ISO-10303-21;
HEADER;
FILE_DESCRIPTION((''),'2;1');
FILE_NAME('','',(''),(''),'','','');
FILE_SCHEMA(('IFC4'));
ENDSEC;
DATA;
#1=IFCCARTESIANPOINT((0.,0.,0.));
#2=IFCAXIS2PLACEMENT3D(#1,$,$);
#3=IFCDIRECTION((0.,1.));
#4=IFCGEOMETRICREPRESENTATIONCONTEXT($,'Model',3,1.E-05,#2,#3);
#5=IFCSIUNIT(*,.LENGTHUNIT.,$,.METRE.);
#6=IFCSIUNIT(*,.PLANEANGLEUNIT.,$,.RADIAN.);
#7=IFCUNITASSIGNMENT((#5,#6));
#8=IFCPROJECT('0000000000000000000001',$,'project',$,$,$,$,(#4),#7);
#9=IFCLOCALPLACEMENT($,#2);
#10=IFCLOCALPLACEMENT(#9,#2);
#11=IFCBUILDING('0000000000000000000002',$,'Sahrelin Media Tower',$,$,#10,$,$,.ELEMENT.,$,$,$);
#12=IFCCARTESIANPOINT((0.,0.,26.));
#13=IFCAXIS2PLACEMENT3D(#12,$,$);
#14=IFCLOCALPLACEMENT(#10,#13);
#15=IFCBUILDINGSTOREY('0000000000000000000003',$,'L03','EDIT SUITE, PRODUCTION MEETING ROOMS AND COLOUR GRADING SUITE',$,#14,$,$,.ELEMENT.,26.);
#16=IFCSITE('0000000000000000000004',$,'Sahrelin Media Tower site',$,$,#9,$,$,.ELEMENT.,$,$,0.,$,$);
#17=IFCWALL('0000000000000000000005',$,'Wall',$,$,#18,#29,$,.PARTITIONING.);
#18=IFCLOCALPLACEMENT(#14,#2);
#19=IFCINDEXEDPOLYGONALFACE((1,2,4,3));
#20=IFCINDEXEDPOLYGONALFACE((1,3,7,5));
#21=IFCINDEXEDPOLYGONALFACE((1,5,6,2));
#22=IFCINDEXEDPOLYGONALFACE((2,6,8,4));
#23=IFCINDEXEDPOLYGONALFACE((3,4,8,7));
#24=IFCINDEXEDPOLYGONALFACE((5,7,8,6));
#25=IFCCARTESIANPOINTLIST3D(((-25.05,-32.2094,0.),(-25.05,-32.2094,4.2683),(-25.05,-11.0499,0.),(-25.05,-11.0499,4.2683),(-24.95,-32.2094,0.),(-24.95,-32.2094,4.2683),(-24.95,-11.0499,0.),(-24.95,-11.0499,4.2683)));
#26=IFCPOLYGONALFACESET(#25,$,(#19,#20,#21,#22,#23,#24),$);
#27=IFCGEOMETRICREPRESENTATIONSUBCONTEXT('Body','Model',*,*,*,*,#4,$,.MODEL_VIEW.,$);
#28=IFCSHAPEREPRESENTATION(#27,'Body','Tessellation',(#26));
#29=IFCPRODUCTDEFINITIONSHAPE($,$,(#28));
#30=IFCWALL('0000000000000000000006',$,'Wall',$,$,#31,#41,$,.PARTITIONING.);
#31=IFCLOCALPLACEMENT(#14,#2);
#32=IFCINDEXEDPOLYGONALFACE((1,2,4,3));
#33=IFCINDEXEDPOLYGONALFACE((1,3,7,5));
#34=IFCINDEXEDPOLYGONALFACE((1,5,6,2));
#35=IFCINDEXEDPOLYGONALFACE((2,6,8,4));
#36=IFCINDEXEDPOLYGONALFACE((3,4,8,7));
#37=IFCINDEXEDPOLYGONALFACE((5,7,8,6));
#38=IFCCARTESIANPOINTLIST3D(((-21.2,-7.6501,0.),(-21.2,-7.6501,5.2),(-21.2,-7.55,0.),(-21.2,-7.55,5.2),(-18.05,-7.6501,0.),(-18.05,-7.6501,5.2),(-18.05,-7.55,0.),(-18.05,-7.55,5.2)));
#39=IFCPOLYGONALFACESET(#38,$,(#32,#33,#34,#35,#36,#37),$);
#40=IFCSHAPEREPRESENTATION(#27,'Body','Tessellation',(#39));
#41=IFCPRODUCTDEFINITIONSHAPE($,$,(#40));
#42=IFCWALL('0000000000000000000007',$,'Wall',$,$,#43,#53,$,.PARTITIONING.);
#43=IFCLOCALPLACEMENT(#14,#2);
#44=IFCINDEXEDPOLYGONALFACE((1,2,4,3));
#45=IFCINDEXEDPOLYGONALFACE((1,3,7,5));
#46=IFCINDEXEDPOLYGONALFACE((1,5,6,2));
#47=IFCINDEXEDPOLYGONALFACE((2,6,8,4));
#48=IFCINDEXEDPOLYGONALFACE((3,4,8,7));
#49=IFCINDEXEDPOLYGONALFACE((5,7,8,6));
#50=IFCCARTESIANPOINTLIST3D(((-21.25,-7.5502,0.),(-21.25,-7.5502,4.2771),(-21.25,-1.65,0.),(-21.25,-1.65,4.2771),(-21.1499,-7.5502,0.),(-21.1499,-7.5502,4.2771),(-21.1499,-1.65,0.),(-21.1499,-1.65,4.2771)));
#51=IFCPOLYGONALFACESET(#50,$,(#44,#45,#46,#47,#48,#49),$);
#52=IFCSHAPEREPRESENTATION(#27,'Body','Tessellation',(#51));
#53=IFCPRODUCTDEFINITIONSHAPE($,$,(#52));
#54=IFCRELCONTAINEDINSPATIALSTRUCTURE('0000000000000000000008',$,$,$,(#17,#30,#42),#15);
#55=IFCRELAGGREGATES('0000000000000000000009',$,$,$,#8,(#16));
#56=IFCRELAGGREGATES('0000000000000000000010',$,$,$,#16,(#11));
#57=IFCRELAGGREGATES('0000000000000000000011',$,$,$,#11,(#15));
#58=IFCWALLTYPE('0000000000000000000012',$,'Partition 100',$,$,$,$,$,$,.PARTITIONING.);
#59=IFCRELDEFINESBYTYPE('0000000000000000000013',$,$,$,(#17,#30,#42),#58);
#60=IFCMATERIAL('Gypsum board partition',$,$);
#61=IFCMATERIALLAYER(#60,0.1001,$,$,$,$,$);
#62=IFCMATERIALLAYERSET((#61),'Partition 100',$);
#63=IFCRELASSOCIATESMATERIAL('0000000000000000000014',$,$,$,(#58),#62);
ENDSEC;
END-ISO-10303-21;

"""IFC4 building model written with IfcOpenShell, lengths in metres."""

from ifc_helpers import new_model, si_unit, direction, frame, frame_2d, origin, place, context, subcontext, project, spatial, rectangle, extrude, material, layer, layer_set, type_object, element, save


model = new_model("IFC4")

# Units and contexts
model_context = context("Model", 3, precision=1e-05, world=origin(), true_north=direction((0.0, 1.0)))
body_context = subcontext(model_context, "Body", "Model", "MODEL_VIEW")
ifc_project = project(units=[si_unit("LENGTHUNIT", "METRE"), si_unit("PLANEANGLEUNIT", "RADIAN")], contexts=[model_context])

# Site, building, storey
site_placement = place(None, origin())
site = spatial("IfcSite", under=ifc_project, at=site_placement, Name="Sahrelin Media Tower site", CompositionType="ELEMENT", RefElevation=0.0)
building_placement = place(site_placement, origin())
building = spatial("IfcBuilding", under=site, at=building_placement, Name="Sahrelin Media Tower", CompositionType="ELEMENT")
storey_placement = place(building_placement, frame((0.0, 0.0, 26.0)))
storey = spatial("IfcBuildingStorey", under=building, at=storey_placement, Name="L03", Description="EDIT SUITE, PRODUCTION MEETING ROOMS AND COLOUR GRADING SUITE", CompositionType="ELEMENT", Elevation=26.0)

# Shared definitions
ifc_material_1 = material(Name="Gypsum board partition")
ifc_layer_1 = layer(ifc_material_1, 0.1001)
ifc_layer_set_1 = layer_set([ifc_layer_1], Name="Partition 100")
wall_type = type_object("IfcWallType", Name="Partition 100", PredefinedType="PARTITIONING", material=ifc_layer_set_1)

# Walls
wall_1_placement = place(storey_placement, frame((-25.0, -11.05, 0.0), z_axis=(0.0, 0.0, 1.0), x_axis=(0.0, -1.0, 0.0)))
element("IfcWall", 1, at=wall_1_placement, inside=storey, type_object=wall_type, Name="Wall", PredefinedType="PARTITIONING", context=body_context, shape_type="SweptSolid", body=[
    extrude(rectangle(XDim=21.1594, YDim=0.1001, at=frame_2d((10.5796, 0.0))), origin(), (0.0, 0.0, 1.0), 4.2683),
])
wall_2_placement = place(storey_placement, frame((-21.2, -7.6001, 0.0), z_axis=(0.0, 0.0, 1.0), x_axis=(1.0, 0.0, 0.0)))
element("IfcWall", 2, at=wall_2_placement, inside=storey, type_object=wall_type, Name="Wall", PredefinedType="PARTITIONING", context=body_context, shape_type="SweptSolid", body=[
    extrude(rectangle(XDim=3.1499, YDim=0.1001, at=frame_2d((1.575, 0.0))), origin(), (0.0, 0.0, 1.0), 5.2),
])
wall_3_placement = place(storey_placement, frame((-21.2, -1.6499, 0.0), z_axis=(0.0, 0.0, 1.0), x_axis=(0.0, -1.0, 0.0)))
element("IfcWall", 3, at=wall_3_placement, inside=storey, type_object=wall_type, Name="Wall", PredefinedType="PARTITIONING", context=body_context, shape_type="SweptSolid", body=[
    extrude(rectangle(XDim=5.9001, YDim=0.1001, at=frame_2d((2.9502, 0.0))), origin(), (0.0, 0.0, 1.0), 4.2771),
])

save(model, "model.ifc")
